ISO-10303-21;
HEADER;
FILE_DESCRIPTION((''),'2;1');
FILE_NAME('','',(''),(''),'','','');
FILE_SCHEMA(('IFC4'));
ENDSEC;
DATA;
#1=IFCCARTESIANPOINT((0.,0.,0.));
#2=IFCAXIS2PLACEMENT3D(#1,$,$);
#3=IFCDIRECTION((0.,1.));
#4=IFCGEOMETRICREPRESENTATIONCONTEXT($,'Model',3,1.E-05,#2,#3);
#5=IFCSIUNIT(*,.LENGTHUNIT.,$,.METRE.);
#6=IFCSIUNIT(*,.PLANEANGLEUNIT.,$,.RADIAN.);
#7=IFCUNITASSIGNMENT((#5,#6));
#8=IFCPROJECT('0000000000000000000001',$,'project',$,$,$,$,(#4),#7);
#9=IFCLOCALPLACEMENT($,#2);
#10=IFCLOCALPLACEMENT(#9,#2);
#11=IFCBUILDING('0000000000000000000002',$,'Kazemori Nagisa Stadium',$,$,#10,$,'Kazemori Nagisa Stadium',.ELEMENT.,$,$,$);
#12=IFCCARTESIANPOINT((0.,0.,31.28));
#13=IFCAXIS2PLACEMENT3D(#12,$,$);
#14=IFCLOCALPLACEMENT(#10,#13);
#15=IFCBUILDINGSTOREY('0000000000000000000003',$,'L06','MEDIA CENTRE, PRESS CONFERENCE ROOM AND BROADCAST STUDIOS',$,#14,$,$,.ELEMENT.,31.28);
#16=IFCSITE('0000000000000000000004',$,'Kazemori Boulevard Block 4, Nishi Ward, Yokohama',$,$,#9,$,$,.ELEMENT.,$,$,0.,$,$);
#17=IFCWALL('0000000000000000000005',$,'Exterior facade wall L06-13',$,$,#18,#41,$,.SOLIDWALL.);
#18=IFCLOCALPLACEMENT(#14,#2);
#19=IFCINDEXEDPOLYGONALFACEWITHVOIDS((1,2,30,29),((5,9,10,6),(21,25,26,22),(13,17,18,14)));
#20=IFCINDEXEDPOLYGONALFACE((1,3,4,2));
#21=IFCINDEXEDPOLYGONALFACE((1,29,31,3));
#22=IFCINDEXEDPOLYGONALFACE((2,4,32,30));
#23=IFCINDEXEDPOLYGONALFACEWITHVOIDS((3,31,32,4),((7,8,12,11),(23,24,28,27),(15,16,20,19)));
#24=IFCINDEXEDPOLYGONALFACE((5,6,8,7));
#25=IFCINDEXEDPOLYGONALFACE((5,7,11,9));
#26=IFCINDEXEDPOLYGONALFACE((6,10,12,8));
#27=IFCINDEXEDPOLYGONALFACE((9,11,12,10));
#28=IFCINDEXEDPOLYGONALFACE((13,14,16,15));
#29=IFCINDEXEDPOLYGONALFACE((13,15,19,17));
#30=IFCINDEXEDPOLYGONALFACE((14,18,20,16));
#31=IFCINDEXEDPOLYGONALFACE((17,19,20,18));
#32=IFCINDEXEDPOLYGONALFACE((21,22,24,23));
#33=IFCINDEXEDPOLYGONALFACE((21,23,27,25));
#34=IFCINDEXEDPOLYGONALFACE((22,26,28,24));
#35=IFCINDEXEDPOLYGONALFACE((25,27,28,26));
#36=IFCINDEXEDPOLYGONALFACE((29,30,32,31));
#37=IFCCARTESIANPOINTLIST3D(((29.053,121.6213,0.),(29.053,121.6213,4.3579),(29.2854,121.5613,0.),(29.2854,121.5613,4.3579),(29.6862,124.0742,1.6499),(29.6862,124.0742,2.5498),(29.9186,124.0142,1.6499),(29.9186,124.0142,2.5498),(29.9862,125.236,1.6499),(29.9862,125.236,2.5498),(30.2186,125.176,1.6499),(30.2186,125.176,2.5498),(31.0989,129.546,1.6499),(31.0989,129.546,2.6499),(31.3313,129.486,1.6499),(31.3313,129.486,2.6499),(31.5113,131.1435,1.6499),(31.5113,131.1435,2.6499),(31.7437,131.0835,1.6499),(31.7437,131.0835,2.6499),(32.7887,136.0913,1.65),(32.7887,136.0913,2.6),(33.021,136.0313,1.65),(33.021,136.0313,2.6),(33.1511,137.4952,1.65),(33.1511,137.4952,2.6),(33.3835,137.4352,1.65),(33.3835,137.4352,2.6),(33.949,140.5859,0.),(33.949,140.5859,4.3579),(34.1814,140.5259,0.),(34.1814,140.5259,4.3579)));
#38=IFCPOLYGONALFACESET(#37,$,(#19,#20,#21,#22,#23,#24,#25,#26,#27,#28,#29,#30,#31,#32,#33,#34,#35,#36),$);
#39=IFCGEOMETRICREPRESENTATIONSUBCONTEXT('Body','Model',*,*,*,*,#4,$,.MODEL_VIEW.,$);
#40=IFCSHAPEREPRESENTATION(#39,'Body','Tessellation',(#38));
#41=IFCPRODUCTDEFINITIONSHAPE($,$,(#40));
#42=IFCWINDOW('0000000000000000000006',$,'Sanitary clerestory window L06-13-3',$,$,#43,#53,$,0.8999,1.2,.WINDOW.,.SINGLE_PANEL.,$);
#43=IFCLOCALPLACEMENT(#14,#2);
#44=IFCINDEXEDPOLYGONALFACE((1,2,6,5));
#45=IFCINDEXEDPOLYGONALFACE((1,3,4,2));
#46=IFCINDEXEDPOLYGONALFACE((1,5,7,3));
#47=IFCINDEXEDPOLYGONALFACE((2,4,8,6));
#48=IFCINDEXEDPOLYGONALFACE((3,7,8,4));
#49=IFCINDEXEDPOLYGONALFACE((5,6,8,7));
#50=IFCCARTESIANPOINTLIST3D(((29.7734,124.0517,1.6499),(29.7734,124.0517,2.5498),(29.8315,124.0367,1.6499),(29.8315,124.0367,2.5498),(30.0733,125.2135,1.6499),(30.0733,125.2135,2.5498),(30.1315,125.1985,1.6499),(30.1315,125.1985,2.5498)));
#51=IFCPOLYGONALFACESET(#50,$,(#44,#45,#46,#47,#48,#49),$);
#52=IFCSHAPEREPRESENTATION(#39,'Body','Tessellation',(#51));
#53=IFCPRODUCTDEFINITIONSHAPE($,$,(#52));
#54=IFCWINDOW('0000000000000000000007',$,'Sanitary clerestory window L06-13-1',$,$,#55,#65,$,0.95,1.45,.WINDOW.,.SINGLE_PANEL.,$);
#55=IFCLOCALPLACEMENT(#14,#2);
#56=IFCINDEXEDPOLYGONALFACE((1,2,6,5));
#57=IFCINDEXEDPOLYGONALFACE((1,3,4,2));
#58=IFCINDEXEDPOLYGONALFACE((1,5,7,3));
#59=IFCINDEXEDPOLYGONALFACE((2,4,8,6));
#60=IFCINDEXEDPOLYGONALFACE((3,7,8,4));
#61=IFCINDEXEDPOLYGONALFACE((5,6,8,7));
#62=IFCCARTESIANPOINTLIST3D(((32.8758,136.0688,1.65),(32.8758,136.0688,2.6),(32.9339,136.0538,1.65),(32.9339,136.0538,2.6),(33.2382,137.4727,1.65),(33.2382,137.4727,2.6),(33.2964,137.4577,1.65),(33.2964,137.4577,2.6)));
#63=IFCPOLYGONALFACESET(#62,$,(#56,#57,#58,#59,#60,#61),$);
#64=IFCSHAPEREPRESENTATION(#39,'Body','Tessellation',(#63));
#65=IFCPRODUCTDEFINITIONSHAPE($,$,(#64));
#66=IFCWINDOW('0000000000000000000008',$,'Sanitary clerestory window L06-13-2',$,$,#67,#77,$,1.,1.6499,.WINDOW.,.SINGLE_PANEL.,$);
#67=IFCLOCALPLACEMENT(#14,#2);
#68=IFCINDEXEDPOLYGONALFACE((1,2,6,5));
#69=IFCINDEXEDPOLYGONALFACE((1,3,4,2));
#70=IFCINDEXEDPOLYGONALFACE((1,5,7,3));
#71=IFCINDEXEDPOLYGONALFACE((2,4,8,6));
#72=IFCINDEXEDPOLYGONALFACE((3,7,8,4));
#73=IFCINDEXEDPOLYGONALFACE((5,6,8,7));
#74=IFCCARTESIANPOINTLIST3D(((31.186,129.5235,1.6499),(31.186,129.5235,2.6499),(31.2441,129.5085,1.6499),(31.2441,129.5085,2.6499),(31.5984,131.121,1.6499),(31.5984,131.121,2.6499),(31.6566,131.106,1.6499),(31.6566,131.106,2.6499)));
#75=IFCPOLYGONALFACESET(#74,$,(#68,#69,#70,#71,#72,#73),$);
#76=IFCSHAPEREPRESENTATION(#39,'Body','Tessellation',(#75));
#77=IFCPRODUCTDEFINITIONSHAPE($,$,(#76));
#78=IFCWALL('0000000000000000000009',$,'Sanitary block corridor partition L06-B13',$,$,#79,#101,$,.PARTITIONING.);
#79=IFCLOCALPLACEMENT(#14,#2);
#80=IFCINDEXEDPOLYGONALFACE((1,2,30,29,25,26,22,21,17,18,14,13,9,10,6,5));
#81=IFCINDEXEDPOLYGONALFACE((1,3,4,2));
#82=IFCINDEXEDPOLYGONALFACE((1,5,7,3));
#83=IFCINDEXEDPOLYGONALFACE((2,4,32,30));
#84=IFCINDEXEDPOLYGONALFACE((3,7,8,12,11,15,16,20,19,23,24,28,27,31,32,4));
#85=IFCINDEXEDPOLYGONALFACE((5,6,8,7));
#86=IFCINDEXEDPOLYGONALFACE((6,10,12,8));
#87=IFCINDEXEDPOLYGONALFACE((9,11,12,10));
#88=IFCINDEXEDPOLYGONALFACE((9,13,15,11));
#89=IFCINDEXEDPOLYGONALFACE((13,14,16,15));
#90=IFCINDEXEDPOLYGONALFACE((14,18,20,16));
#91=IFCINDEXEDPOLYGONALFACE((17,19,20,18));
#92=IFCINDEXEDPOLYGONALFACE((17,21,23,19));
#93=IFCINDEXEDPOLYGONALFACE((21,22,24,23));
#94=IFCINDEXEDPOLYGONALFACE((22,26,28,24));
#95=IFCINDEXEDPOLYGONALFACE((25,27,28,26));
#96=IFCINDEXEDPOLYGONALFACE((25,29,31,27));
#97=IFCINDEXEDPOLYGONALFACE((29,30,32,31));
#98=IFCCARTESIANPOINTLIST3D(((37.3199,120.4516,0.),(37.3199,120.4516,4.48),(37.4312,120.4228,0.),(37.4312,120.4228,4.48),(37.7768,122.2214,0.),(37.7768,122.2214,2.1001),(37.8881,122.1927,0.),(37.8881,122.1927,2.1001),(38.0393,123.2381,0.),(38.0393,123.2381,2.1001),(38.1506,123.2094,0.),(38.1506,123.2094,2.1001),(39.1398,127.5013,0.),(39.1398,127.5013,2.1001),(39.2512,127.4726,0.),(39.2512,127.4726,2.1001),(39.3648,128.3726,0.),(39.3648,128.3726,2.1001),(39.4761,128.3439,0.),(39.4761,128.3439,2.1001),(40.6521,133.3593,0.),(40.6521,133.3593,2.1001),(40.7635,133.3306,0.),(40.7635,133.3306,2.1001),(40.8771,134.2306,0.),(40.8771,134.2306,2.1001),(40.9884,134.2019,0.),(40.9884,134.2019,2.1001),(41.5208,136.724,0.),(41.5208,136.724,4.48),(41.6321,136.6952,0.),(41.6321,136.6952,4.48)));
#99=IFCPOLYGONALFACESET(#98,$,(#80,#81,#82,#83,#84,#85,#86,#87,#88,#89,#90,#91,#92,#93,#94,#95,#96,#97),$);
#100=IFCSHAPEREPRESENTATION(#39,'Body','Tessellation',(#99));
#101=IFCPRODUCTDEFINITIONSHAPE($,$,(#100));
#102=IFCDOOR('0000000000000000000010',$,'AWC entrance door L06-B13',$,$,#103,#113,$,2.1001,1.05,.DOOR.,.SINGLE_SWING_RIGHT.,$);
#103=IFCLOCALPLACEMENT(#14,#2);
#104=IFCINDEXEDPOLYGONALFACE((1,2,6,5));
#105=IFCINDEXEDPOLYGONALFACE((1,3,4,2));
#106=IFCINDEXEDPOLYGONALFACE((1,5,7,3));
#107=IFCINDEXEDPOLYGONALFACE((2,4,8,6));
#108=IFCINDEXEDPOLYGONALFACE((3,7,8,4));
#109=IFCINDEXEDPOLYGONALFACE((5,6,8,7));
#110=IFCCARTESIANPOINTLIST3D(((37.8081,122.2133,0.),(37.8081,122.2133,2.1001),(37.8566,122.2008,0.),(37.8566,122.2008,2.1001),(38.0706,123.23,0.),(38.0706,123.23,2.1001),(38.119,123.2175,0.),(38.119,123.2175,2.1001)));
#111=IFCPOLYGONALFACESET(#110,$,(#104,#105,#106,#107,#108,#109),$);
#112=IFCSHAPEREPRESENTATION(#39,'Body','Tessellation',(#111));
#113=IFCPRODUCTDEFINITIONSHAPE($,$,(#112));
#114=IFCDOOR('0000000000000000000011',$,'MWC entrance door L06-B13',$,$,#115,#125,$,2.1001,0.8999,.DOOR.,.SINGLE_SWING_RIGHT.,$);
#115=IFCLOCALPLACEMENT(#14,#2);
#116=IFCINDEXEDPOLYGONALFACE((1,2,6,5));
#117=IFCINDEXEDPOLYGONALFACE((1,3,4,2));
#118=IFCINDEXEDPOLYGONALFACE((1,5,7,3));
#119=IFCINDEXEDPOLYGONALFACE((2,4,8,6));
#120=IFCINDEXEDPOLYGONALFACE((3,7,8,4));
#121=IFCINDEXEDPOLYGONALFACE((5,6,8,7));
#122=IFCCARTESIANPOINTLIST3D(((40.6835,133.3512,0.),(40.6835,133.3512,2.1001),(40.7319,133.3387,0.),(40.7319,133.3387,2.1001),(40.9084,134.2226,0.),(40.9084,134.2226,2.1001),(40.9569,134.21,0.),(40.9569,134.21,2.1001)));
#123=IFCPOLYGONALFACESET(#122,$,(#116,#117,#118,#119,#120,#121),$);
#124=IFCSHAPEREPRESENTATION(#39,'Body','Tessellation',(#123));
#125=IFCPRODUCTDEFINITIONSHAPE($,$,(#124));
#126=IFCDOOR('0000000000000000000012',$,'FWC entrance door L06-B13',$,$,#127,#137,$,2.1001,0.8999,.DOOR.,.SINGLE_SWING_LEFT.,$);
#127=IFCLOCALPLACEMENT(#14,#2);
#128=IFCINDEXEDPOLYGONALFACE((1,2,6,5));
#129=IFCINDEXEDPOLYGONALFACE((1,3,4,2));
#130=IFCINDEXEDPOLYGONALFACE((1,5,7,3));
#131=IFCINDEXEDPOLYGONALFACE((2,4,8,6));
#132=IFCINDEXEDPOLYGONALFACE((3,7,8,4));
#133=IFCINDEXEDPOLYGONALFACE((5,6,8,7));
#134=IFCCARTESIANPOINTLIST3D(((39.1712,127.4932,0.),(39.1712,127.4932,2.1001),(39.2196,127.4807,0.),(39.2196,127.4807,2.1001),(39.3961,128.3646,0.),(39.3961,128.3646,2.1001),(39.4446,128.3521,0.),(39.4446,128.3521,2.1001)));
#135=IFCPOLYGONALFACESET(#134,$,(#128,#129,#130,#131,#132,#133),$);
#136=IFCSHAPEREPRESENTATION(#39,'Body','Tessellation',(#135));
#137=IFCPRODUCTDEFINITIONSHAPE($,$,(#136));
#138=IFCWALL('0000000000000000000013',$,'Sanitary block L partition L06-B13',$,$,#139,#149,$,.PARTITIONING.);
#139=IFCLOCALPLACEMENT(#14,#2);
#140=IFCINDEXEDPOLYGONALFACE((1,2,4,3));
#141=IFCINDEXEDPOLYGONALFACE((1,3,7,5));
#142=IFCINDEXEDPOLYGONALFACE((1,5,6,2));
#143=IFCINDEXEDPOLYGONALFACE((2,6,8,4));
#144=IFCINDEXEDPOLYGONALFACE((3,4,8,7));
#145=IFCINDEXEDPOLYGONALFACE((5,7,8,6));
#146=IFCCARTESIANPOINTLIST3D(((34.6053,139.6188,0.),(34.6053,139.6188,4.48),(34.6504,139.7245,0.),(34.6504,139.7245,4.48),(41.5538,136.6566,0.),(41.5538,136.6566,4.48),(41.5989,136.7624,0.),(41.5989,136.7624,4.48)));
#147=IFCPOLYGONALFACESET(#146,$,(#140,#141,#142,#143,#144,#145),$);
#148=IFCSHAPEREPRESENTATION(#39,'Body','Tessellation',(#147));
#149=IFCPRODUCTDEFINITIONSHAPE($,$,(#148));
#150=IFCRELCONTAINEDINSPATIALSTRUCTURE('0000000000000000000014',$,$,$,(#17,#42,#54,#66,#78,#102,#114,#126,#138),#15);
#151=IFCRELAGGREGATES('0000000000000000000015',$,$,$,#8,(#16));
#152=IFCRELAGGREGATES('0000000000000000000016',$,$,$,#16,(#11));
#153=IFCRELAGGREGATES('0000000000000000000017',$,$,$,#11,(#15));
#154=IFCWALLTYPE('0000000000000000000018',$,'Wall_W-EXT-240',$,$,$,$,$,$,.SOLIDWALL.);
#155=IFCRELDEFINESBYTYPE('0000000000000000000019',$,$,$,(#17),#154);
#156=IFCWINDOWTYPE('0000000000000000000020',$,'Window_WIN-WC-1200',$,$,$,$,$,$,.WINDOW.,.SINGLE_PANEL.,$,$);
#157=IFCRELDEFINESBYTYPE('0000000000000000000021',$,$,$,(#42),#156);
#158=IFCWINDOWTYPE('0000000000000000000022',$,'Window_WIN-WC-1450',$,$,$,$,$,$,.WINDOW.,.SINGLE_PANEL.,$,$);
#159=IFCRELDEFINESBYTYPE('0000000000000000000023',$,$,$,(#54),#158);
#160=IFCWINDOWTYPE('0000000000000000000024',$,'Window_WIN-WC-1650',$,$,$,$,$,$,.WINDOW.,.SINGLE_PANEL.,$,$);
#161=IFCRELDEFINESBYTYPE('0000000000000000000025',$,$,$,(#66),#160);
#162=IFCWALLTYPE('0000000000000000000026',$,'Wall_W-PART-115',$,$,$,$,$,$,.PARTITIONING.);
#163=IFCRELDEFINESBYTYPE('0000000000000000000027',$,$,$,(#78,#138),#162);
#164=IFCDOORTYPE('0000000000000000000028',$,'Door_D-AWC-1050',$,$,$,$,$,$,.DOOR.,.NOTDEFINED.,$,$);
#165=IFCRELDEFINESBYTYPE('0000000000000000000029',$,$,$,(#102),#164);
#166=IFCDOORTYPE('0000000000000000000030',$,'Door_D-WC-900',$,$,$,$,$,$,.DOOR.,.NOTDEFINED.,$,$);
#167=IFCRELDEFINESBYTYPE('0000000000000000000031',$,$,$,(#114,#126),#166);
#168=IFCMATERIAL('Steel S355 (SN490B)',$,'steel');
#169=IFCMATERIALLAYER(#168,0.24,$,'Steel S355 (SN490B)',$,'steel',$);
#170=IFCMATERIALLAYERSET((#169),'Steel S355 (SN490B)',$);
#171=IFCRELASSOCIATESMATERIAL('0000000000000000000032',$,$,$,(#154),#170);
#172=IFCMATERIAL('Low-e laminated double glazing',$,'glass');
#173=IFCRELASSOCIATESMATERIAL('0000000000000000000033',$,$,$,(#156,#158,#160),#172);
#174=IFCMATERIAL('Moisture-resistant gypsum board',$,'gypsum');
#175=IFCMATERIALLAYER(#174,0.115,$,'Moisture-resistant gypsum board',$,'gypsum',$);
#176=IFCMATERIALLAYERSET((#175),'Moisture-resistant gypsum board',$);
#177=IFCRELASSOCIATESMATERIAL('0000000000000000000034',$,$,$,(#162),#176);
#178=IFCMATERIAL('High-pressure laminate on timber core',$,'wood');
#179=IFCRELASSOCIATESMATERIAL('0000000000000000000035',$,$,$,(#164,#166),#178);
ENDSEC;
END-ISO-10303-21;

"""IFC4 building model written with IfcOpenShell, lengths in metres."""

from ifc_helpers import new_model, si_unit, direction, frame, frame_2d, origin, place, context, subcontext, project, spatial, rectangle, extrude, material, layer, layer_set, type_object, element, fill, save


model = new_model("IFC4")

# Units and contexts
model_context = context("Model", 3, precision=1e-05, world=origin(), true_north=direction((0.0, 1.0)))
body_context = subcontext(model_context, "Body", "Model", "MODEL_VIEW")
ifc_project = project(units=[si_unit("LENGTHUNIT", "METRE"), si_unit("PLANEANGLEUNIT", "RADIAN")], contexts=[model_context])

# Site, building, storey
site_placement = place(None, origin())
site = spatial("IfcSite", under=ifc_project, at=site_placement, Name="Kazemori Boulevard Block 4, Nishi Ward, Yokohama", CompositionType="ELEMENT", RefElevation=0.0)
building_placement = place(site_placement, origin())
building = spatial("IfcBuilding", under=site, at=building_placement, Name="Kazemori Nagisa Stadium", LongName="Kazemori Nagisa Stadium", CompositionType="ELEMENT")
storey_placement = place(building_placement, frame((0.0, 0.0, 31.28)))
storey = spatial("IfcBuildingStorey", under=building, at=storey_placement, Name="L06", Description="MEDIA CENTRE, PRESS CONFERENCE ROOM AND BROADCAST STUDIOS", CompositionType="ELEMENT", Elevation=31.28)

# Shared definitions
ifc_material_1 = material(Name="Low-e laminated double glazing", Category="glass")

# Wall, openings, windows
ifc_material_2 = material(Name="Steel S355 (SN490B)", Category="steel")
ifc_layer_1 = layer(ifc_material_2, 0.24, Name="Steel S355 (SN490B)", Category="steel")
ifc_layer_set_1 = layer_set([ifc_layer_1], Name="Steel S355 (SN490B)")
wall_type_1 = type_object("IfcWallType", Name="Wall_W-EXT-240", PredefinedType="SOLIDWALL", material=ifc_layer_set_1)
wall_1_placement = place(storey_placement, frame((34.0652, 140.5559, 0.0), z_axis=(0.0, 0.0, 1.0), x_axis=(-0.249969, -0.968254, 0.0)))
wall_1 = element("IfcWall", 1, at=wall_1_placement, inside=storey, type_object=wall_type_1, Name="Exterior facade wall L06-13", PredefinedType="SOLIDWALL", context=body_context, shape_type="SweptSolid", body=[
    extrude(rectangle(XDim=19.5864, YDim=0.24, at=frame_2d((9.7932, 0.0))), origin(), (0.0, 0.0, 1.0), 4.3579),
])
opening_1_placement = place(wall_1_placement, frame((3.1919, 0.0, 1.6499)))
opening_1 = element("IfcOpeningElement", 2, at=opening_1_placement, cuts=wall_1, PredefinedType="OPENING", context=body_context, shape_type="SweptSolid", body=[
    extrude(rectangle(XDim=1.45, YDim=0.95, at=frame_2d((0.7251, 0.4751))), frame((0.0, 0.1299, 0.0), z_axis=(0.0, -1.0, 0.0), x_axis=(1.0, 0.0, 0.0)), (0.0, 0.0, 1.0), 0.26),
])
opening_2_placement = place(wall_1_placement, frame((9.752, 0.0, 1.6499)))
opening_2 = element("IfcOpeningElement", 3, at=opening_2_placement, cuts=wall_1, PredefinedType="OPENING", context=body_context, shape_type="SweptSolid", body=[
    extrude(rectangle(XDim=1.6499, YDim=1.0, at=frame_2d((0.825, 0.5))), frame((0.0, 0.1299, 0.0), z_axis=(0.0, -1.0, 0.0), x_axis=(1.0, 0.0, 0.0)), (0.0, 0.0, 1.0), 0.26),
])
opening_3_placement = place(wall_1_placement, frame((15.853, 0.0, 1.6499)))
opening_3 = element("IfcOpeningElement", 4, at=opening_3_placement, cuts=wall_1, PredefinedType="OPENING", context=body_context, shape_type="SweptSolid", body=[
    extrude(rectangle(XDim=1.2, YDim=0.8999, at=frame_2d((0.6001, 0.45))), frame((0.0, 0.1299, 0.0), z_axis=(0.0, -1.0, 0.0), x_axis=(1.0, 0.0, 0.0)), (0.0, 0.0, 1.0), 0.26),
])
window_type_1 = type_object("IfcWindowType", Name="Window_WIN-WC-1200", PartitioningType="SINGLE_PANEL", PredefinedType="WINDOW", material=ifc_material_1)
window_1_placement = place(opening_3_placement, origin())
window_1 = element("IfcWindow", 5, at=window_1_placement, inside=storey, type_object=window_type_1, Name="Sanitary clerestory window L06-13-3", OverallHeight=0.8999, OverallWidth=1.2, PartitioningType="SINGLE_PANEL", PredefinedType="WINDOW", context=body_context, shape_type="SweptSolid", body=[
    extrude(rectangle(XDim=1.2, YDim=0.8999, at=frame_2d((0.6001, 0.45))), frame((0.0, 0.03, 0.0), z_axis=(0.0, -1.0, 0.0), x_axis=(1.0, 0.0, 0.0)), (0.0, 0.0, 1.0), 0.0601),
])
fill(opening_3, window_1)
window_type_2 = type_object("IfcWindowType", Name="Window_WIN-WC-1450", PartitioningType="SINGLE_PANEL", PredefinedType="WINDOW", material=ifc_material_1)
window_2_placement = place(opening_1_placement, origin())
window_2 = element("IfcWindow", 6, at=window_2_placement, inside=storey, type_object=window_type_2, Name="Sanitary clerestory window L06-13-1", OverallHeight=0.95, OverallWidth=1.45, PartitioningType="SINGLE_PANEL", PredefinedType="WINDOW", context=body_context, shape_type="SweptSolid", body=[
    extrude(rectangle(XDim=1.45, YDim=0.95, at=frame_2d((0.7251, 0.4751))), frame((0.0, 0.03, 0.0), z_axis=(0.0, -1.0, 0.0), x_axis=(1.0, 0.0, 0.0)), (0.0, 0.0, 1.0), 0.0601),
])
fill(opening_1, window_2)
window_type_3 = type_object("IfcWindowType", Name="Window_WIN-WC-1650", PartitioningType="SINGLE_PANEL", PredefinedType="WINDOW", material=ifc_material_1)
window_3_placement = place(opening_2_placement, origin())
window_3 = element("IfcWindow", 7, at=window_3_placement, inside=storey, type_object=window_type_3, Name="Sanitary clerestory window L06-13-2", OverallHeight=1.0, OverallWidth=1.6499, PartitioningType="SINGLE_PANEL", PredefinedType="WINDOW", context=body_context, shape_type="SweptSolid", body=[
    extrude(rectangle(XDim=1.6499, YDim=1.0, at=frame_2d((0.825, 0.5))), frame((0.0, 0.03, 0.0), z_axis=(0.0, -1.0, 0.0), x_axis=(1.0, 0.0, 0.0)), (0.0, 0.0, 1.0), 0.0601),
])
fill(opening_2, window_3)

# Wall, openings, doors
ifc_material_3 = material(Name="Moisture-resistant gypsum board", Category="gypsum")
ifc_layer_2 = layer(ifc_material_3, 0.115, Name="Moisture-resistant gypsum board", Category="gypsum")
ifc_layer_set_2 = layer_set([ifc_layer_2], Name="Moisture-resistant gypsum board")
wall_type_2 = type_object("IfcWallType", Name="Wall_W-PART-115", PredefinedType="PARTITIONING", material=ifc_layer_set_2)
wall_2_placement = place(storey_placement, frame((41.5764, 136.7095, 0.0), z_axis=(0.0, 0.0, 1.0), x_axis=(-0.249966, -0.968255, 0.0)))
wall_2 = element("IfcWall", 8, at=wall_2_placement, inside=storey, type_object=wall_type_2, Name="Sanitary block corridor partition L06-B13", PredefinedType="PARTITIONING", context=body_context, shape_type="SweptSolid", body=[
    extrude(rectangle(XDim=16.8059, YDim=0.115, at=frame_2d((8.4028, 0.0))), origin(), (0.0, 0.0, 1.0), 4.48),
])
opening_4_placement = place(wall_2_placement, frame((2.575, 0.0, 0.0)))
opening_4 = element("IfcOpeningElement", 9, at=opening_4_placement, cuts=wall_2, PredefinedType="OPENING", context=body_context, shape_type="SweptSolid", body=[
    extrude(rectangle(XDim=0.8999, YDim=2.1001, at=frame_2d((0.45, 1.05))), frame((0.0, 0.0674, 0.0), z_axis=(0.0, -1.0, 0.0), x_axis=(1.0, 0.0, 0.0)), (0.0, 0.0, 1.0), 0.135),
])
opening_5_placement = place(wall_2_placement, frame((8.625, 0.0, 0.0)))
opening_5 = element("IfcOpeningElement", 10, at=opening_5_placement, cuts=wall_2, PredefinedType="OPENING", context=body_context, shape_type="SweptSolid", body=[
    extrude(rectangle(XDim=0.8999, YDim=2.1001, at=frame_2d((0.45, 1.05))), frame((0.0, 0.0674, 0.0), z_axis=(0.0, -1.0, 0.0), x_axis=(1.0, 0.0, 0.0)), (0.0, 0.0, 1.0), 0.135),
])
opening_6_placement = place(wall_2_placement, frame((13.928, 0.0, 0.0)))
opening_6 = element("IfcOpeningElement", 11, at=opening_6_placement, cuts=wall_2, PredefinedType="OPENING", context=body_context, shape_type="SweptSolid", body=[
    extrude(rectangle(XDim=1.05, YDim=2.1001, at=frame_2d((0.5249, 1.05))), frame((0.0, 0.0674, 0.0), z_axis=(0.0, -1.0, 0.0), x_axis=(1.0, 0.0, 0.0)), (0.0, 0.0, 1.0), 0.135),
])
ifc_material_4 = material(Name="High-pressure laminate on timber core", Category="wood")
door_type_1 = type_object("IfcDoorType", Name="Door_D-AWC-1050", OperationType="NOTDEFINED", PredefinedType="DOOR", material=ifc_material_4)
door_1_placement = place(opening_6_placement, origin())
door_1 = element("IfcDoor", 12, at=door_1_placement, inside=storey, type_object=door_type_1, Name="AWC entrance door L06-B13", OperationType="SINGLE_SWING_RIGHT", OverallHeight=2.1001, OverallWidth=1.05, PredefinedType="DOOR", context=body_context, shape_type="SweptSolid", body=[
    extrude(rectangle(XDim=1.05, YDim=2.1001, at=frame_2d((0.5249, 1.05))), frame((0.0, 0.0249, 0.0), z_axis=(0.0, -1.0, 0.0), x_axis=(1.0, 0.0, 0.0)), (0.0, 0.0, 1.0), 0.05),
])
fill(opening_6, door_1)
door_type_2 = type_object("IfcDoorType", Name="Door_D-WC-900", OperationType="NOTDEFINED", PredefinedType="DOOR", material=ifc_material_4)
door_2_placement = place(opening_4_placement, origin())
door_2 = element("IfcDoor", 13, at=door_2_placement, inside=storey, type_object=door_type_2, Name="MWC entrance door L06-B13", OperationType="SINGLE_SWING_RIGHT", OverallHeight=2.1001, OverallWidth=0.8999, PredefinedType="DOOR", context=body_context, shape_type="SweptSolid", body=[
    extrude(rectangle(XDim=0.8999, YDim=2.1001, at=frame_2d((0.45, 1.05))), frame((0.0, 0.0249, 0.0), z_axis=(0.0, -1.0, 0.0), x_axis=(1.0, 0.0, 0.0)), (0.0, 0.0, 1.0), 0.05),
])
fill(opening_4, door_2)
door_3_placement = place(opening_5_placement, origin())
door_3 = element("IfcDoor", 14, at=door_3_placement, inside=storey, type_object=door_type_2, Name="FWC entrance door L06-B13", OperationType="SINGLE_SWING_LEFT", OverallHeight=2.1001, OverallWidth=0.8999, PredefinedType="DOOR", context=body_context, shape_type="SweptSolid", body=[
    extrude(rectangle(XDim=0.8999, YDim=2.1001, at=frame_2d((0.45, 1.05))), frame((0.0, 0.0249, 0.0), z_axis=(0.0, -1.0, 0.0), x_axis=(1.0, 0.0, 0.0)), (0.0, 0.0, 1.0), 0.05),
])
fill(opening_5, door_3)

# Wall
wall_3_placement = place(storey_placement, frame((41.5764, 136.7095, 0.0), z_axis=(0.0, 0.0, 1.0), x_axis=(-0.919899, 0.392155, 0.0)))
element("IfcWall", 15, at=wall_3_placement, inside=storey, type_object=wall_type_2, Name="Sanitary block L partition L06-B13", PredefinedType="PARTITIONING", context=body_context, shape_type="SweptSolid", body=[
    extrude(rectangle(XDim=7.5535, YDim=0.115, at=frame_2d((3.7769, 0.0))), origin(), (0.0, 0.0, 1.0), 4.48),
])

save(model, "model.ifc")
